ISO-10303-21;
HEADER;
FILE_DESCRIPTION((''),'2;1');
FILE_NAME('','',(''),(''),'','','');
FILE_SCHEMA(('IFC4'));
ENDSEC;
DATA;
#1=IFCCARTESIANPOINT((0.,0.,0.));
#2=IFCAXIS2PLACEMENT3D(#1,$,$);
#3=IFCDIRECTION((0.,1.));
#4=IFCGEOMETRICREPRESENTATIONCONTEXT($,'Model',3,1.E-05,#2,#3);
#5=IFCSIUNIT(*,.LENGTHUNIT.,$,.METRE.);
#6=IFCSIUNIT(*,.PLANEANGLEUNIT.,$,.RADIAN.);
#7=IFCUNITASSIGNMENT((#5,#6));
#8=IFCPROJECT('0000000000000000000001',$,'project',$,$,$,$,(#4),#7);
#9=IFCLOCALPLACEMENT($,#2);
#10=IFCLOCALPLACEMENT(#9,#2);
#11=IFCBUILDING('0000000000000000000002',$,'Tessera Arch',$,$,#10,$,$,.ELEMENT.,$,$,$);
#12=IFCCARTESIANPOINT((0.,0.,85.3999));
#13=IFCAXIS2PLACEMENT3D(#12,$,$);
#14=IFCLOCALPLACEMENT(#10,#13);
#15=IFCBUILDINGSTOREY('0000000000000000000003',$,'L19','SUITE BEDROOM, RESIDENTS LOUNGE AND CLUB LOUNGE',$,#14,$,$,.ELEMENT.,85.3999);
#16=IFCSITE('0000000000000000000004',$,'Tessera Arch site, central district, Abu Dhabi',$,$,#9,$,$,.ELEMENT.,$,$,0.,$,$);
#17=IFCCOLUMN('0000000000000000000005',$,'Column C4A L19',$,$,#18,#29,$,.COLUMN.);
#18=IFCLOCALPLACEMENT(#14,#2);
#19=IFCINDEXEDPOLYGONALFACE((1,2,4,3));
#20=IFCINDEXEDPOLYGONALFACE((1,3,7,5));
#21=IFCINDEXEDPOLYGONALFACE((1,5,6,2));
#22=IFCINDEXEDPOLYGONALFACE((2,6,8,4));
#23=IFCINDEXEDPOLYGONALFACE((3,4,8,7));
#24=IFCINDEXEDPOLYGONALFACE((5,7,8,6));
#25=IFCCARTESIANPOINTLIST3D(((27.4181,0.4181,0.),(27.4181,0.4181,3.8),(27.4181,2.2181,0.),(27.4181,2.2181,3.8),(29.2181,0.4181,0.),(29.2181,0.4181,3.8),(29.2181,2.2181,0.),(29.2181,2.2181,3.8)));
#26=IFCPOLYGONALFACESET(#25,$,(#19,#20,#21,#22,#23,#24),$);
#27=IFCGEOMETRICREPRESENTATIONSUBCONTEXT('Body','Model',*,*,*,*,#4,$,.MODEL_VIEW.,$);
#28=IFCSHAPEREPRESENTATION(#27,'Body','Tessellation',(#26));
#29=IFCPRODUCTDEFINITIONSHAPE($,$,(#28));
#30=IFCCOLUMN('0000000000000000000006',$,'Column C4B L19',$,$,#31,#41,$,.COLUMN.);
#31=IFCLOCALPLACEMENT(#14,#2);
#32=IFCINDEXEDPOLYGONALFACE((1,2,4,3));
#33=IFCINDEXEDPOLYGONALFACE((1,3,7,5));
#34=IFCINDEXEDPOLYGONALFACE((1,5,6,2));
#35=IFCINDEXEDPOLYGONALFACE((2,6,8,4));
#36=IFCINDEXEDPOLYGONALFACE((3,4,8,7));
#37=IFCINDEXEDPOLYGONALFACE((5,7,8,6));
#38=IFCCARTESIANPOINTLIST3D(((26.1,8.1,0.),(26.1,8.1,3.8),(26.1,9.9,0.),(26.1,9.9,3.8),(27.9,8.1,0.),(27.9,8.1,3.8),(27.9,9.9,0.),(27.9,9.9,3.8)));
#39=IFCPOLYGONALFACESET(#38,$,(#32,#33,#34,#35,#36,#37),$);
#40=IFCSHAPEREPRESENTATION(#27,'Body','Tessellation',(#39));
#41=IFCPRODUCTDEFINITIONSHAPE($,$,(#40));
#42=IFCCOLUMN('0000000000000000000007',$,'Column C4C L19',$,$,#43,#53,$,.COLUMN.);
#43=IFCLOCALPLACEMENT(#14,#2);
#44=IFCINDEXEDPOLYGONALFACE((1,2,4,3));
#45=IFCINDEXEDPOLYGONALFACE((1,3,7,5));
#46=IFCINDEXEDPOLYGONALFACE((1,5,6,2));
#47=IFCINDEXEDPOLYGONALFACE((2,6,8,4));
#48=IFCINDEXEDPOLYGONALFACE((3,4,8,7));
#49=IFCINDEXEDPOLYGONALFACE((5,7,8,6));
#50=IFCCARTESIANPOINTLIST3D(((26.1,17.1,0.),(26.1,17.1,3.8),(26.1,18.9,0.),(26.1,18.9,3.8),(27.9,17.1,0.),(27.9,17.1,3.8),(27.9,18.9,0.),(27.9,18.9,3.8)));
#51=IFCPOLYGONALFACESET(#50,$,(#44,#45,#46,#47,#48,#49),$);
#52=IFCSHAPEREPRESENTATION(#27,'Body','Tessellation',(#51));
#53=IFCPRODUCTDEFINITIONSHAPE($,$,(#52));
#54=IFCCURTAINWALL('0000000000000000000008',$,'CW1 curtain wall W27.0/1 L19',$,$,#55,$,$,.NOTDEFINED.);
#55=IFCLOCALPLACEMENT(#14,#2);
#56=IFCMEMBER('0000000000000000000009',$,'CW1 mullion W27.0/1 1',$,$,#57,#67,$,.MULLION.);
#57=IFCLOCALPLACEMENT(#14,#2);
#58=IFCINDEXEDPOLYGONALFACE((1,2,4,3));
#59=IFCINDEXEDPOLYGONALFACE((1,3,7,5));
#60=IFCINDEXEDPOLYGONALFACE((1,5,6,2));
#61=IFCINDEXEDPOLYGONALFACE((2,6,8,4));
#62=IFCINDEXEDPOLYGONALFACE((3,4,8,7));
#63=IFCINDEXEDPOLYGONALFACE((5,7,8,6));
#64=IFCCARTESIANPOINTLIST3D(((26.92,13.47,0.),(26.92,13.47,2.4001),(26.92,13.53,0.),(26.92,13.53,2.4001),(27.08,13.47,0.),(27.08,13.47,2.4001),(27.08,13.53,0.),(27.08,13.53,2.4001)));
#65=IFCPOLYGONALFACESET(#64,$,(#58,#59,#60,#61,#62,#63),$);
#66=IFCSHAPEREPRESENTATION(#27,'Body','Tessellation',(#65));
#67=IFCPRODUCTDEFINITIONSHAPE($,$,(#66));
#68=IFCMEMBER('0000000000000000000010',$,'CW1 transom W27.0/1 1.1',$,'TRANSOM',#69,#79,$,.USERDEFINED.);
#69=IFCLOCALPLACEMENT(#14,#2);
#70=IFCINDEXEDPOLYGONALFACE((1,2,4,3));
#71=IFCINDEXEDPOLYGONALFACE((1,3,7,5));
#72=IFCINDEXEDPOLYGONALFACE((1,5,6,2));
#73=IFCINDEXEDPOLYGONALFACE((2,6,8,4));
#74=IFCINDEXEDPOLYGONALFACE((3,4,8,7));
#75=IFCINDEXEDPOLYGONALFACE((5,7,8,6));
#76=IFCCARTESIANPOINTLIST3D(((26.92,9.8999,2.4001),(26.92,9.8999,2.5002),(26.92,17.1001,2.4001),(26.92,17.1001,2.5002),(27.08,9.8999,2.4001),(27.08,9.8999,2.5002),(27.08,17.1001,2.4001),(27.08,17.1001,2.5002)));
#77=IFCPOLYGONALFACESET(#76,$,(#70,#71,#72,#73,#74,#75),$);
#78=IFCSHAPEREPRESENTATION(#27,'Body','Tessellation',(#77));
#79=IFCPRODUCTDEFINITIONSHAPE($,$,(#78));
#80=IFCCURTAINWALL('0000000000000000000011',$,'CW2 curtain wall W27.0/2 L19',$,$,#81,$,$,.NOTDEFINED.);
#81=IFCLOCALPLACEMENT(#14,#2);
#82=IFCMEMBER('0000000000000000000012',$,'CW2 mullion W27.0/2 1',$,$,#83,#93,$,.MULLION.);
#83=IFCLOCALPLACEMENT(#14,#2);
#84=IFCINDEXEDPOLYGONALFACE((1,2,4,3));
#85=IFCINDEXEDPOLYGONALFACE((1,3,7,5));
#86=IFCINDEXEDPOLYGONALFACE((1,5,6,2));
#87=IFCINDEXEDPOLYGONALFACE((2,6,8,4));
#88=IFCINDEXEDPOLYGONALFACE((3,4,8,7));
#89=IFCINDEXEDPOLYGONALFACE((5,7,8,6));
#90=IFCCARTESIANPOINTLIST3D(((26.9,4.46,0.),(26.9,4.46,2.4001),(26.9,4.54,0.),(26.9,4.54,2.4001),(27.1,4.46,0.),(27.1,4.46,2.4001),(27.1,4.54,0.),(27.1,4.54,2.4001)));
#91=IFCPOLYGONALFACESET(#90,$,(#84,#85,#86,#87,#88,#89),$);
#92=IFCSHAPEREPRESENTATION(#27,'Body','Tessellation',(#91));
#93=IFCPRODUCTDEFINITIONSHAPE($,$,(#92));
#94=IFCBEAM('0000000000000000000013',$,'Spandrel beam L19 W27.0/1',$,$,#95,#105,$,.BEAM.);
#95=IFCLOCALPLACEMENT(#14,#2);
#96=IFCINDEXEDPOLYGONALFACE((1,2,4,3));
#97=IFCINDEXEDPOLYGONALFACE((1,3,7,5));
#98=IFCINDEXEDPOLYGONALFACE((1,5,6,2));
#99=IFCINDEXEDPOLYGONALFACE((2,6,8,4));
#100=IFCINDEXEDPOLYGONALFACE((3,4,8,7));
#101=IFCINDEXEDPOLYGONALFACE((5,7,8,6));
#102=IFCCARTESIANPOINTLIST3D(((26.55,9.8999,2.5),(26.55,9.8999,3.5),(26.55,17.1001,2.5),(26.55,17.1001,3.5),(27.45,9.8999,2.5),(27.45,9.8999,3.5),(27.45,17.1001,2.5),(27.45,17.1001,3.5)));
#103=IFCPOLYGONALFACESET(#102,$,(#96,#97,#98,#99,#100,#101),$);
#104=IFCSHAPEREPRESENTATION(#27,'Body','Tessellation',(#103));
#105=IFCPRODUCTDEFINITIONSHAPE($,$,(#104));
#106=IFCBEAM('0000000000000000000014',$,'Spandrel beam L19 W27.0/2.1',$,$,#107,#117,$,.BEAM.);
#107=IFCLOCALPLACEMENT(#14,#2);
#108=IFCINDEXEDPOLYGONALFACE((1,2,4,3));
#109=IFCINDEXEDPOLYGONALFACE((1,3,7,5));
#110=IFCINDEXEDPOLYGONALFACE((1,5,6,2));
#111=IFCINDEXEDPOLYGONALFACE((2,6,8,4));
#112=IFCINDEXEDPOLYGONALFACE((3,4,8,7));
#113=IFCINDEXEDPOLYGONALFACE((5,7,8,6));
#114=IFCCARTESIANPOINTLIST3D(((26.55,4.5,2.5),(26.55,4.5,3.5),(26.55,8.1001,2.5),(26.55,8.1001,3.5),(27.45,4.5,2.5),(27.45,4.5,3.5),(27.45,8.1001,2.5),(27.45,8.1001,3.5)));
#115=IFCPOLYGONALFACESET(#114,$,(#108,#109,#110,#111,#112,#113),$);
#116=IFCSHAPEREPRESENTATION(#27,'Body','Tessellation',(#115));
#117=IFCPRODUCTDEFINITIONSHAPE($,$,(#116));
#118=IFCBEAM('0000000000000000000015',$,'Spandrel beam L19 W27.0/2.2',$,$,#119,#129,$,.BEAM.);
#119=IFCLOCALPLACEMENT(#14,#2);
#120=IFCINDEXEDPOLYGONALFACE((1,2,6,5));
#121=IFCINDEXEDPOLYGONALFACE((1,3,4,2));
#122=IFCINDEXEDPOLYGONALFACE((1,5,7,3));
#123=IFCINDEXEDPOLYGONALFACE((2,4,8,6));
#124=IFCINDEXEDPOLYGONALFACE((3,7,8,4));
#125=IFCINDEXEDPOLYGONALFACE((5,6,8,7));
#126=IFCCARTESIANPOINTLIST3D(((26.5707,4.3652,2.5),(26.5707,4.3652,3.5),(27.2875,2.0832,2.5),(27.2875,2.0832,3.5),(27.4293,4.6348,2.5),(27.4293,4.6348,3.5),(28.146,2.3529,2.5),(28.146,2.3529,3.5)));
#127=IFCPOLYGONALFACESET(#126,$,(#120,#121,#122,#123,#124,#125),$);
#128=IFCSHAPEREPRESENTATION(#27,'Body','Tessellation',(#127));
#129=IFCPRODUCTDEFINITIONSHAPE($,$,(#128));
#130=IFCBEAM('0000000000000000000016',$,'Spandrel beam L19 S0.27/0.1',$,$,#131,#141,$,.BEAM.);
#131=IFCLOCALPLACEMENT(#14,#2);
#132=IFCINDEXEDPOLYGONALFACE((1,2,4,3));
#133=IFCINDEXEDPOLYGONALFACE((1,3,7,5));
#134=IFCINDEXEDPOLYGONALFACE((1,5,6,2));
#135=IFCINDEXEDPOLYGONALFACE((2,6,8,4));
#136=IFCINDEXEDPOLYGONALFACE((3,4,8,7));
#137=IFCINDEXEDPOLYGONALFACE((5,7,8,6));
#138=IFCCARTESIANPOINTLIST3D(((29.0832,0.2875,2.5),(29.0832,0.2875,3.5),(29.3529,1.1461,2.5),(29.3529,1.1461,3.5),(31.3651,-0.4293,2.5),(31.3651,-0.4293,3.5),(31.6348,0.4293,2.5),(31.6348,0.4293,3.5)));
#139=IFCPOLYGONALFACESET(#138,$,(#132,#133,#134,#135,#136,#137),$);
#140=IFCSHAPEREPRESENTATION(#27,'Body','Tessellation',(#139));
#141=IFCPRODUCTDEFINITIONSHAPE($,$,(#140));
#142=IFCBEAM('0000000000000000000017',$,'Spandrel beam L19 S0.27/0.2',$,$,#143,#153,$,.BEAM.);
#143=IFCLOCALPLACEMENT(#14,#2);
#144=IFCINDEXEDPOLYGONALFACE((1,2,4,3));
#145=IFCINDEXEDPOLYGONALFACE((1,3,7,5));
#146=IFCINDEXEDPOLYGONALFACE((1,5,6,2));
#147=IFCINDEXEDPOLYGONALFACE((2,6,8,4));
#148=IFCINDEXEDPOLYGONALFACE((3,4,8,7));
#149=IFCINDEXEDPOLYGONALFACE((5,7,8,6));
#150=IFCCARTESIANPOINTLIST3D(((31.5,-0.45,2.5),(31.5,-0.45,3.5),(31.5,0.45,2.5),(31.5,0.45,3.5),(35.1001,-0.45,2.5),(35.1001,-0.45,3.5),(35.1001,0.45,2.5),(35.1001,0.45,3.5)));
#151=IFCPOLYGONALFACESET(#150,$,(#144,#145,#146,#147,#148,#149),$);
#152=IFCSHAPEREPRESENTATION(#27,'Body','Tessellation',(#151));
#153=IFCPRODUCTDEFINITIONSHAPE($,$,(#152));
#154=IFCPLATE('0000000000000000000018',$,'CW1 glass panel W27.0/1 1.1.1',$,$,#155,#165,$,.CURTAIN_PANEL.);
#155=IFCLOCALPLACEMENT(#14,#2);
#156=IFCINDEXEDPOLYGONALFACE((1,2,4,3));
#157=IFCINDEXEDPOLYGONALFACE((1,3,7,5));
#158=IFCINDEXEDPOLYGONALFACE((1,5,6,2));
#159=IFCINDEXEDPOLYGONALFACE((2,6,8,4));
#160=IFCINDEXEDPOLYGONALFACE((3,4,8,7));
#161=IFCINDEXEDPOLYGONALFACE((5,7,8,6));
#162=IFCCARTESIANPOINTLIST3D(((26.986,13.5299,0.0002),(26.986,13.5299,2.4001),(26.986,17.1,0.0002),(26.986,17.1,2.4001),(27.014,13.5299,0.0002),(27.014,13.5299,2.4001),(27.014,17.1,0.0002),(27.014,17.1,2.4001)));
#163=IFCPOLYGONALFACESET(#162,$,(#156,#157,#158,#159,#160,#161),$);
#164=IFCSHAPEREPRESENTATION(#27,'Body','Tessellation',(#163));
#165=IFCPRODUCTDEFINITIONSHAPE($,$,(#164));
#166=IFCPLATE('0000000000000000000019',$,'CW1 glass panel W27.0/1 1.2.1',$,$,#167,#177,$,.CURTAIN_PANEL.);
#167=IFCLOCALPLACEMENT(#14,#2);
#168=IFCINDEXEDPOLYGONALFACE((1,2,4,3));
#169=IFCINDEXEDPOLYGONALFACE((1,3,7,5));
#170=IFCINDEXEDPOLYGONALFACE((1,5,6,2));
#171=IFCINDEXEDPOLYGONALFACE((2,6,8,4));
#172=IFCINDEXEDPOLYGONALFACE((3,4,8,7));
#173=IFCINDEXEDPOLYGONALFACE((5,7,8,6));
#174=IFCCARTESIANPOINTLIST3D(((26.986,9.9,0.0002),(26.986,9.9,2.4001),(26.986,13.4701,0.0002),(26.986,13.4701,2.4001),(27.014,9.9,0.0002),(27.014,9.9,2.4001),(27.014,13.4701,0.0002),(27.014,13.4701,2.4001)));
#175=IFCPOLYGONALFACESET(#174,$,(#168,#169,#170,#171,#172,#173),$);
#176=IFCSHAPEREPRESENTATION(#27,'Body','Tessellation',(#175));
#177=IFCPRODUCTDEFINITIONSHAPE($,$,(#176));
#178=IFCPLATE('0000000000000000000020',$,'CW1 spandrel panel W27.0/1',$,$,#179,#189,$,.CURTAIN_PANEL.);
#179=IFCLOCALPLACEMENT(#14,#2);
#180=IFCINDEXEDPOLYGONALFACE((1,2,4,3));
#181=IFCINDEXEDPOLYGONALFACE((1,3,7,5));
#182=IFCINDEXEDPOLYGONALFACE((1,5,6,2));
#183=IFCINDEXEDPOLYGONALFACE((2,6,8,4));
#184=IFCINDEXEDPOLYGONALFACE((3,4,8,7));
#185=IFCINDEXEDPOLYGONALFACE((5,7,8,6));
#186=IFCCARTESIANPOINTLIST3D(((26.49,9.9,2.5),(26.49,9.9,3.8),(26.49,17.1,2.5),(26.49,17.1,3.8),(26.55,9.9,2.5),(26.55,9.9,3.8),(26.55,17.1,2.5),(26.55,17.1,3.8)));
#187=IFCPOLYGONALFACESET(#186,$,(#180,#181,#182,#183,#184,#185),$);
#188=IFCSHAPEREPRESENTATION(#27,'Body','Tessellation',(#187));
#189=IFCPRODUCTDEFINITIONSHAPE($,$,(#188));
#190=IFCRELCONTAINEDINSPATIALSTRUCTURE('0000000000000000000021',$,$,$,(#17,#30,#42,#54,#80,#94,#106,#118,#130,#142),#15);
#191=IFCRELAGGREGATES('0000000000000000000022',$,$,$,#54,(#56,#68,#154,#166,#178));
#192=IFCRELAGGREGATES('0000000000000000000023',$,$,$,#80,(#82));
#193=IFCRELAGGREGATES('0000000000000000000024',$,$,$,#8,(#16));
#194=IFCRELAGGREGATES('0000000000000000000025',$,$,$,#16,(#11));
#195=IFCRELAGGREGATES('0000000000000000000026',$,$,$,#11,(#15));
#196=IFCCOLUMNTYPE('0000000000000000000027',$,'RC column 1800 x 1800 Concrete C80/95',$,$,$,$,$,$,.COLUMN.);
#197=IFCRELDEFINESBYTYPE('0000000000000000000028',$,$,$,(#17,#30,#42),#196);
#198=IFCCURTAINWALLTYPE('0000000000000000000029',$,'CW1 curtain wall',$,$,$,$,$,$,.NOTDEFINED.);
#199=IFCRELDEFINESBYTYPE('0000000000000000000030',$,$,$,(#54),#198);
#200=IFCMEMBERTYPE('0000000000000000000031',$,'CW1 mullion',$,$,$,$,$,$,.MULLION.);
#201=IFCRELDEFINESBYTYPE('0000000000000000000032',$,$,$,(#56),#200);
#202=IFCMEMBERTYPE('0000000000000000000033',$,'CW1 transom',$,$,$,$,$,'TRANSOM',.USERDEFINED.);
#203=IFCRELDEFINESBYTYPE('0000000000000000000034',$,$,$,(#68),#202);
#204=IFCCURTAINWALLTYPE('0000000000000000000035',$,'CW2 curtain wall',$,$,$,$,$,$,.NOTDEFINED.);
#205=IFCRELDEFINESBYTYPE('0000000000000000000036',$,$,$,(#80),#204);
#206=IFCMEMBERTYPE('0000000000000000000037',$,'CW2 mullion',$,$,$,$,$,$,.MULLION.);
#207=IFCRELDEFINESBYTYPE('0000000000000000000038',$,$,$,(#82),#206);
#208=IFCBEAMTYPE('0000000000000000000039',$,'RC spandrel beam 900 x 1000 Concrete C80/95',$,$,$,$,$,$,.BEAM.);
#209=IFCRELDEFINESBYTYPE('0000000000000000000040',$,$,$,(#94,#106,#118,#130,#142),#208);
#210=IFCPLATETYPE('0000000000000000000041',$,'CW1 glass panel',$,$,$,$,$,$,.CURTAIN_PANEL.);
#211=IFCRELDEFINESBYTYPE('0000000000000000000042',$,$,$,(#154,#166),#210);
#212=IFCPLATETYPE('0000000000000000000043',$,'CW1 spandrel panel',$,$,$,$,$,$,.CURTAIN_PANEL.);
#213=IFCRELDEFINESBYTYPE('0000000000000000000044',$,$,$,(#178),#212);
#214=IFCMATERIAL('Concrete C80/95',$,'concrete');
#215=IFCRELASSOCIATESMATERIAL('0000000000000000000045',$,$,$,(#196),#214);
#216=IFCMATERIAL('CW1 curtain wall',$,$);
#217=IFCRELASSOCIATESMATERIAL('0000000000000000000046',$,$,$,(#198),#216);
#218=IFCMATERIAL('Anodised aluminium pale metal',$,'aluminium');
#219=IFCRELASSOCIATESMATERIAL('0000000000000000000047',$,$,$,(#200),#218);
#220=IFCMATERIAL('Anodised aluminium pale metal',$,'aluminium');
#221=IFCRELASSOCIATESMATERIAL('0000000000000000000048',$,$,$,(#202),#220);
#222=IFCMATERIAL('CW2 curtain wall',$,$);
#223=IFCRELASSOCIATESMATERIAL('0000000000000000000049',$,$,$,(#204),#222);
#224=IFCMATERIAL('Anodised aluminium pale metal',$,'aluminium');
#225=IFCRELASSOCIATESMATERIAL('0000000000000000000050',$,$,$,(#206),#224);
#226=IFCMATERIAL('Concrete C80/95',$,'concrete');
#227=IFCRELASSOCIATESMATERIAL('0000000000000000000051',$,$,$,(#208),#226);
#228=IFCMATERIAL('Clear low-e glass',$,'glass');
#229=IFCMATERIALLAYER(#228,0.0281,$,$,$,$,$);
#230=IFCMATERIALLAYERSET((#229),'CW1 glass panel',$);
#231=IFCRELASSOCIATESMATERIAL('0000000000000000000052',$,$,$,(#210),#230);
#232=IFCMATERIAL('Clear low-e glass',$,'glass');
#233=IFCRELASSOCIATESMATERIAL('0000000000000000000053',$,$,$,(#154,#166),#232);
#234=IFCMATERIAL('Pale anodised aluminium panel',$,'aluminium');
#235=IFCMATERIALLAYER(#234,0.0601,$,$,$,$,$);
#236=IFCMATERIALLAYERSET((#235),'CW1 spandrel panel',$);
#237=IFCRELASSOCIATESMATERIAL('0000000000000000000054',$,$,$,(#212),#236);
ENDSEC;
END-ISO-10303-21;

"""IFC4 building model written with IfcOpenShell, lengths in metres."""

from ifc_helpers import new_model, si_unit, direction, frame, origin, origin_2d, place, context, subcontext, project, spatial, rectangle, extrude, material, layer, layer_set, material_profile, profile_set, type_object, element, aggregate, save


model = new_model("IFC4")

# Units and contexts
model_context = context("Model", 3, precision=1e-05, world=origin(), true_north=direction((0.0, 1.0)))
body_context = subcontext(model_context, "Body", "Model", "MODEL_VIEW")
ifc_project = project(units=[si_unit("LENGTHUNIT", "METRE"), si_unit("PLANEANGLEUNIT", "RADIAN")], contexts=[model_context])

# Site, building, storey
site_placement = place(None, origin())
site = spatial("IfcSite", under=ifc_project, at=site_placement, Name="Tessera Arch site, central district, Abu Dhabi", CompositionType="ELEMENT", RefElevation=0.0)
building_placement = place(site_placement, origin())
building = spatial("IfcBuilding", under=site, at=building_placement, Name="Tessera Arch", CompositionType="ELEMENT")
storey_placement = place(building_placement, frame((0.0, 0.0, 85.3999)))
storey = spatial("IfcBuildingStorey", under=building, at=storey_placement, Name="L19", Description="SUITE BEDROOM, RESIDENTS LOUNGE AND CLUB LOUNGE", CompositionType="ELEMENT", Elevation=85.3999)

# Columns
ifc_material_1 = material(Name="Concrete C80/95", Category="concrete")
ifc_material_profile_1 = material_profile(ifc_material_1, rectangle(XDim=1.8, YDim=1.8, at=origin_2d()), Name="RC column 1800 x 1800 Concrete C80/95")
ifc_profile_set_1 = profile_set([ifc_material_profile_1], Name="Concrete C80/95")
column_type = type_object("IfcColumnType", Name="RC column 1800 x 1800 Concrete C80/95", PredefinedType="COLUMN", material=ifc_profile_set_1)
for number, where, z_axis, x_axis, name in (
    (1, (28.3181, 1.3181, 0.0), (0.0, 0.0, 1.0), (1.0, 0.0, 0.0), "Column C4A L19"),
    (2, (27.0, 9.0, 0.0), (0.0, 0.0, 1.0), (1.0, 0.0, 0.0), "Column C4B L19"),
    (3, (27.0, 18.0, 0.0), (0.0, 0.0, 1.0), (1.0, 0.0, 0.0), "Column C4C L19"),
):
    element("IfcColumn", number, at=place(storey_placement, frame(where, z_axis=z_axis, x_axis=x_axis)), inside=storey, type_object=column_type, Name=name, PredefinedType="COLUMN", context=body_context, shape_type="SweptSolid", body=[
        extrude(rectangle(XDim=1.8, YDim=1.8, at=origin_2d()), origin(), (0.0, 0.0, 1.0), 3.8),
    ])

# Curtain wall, members
ifc_material_2 = material(Name="CW1 curtain wall")
curtain_wall_type_1 = type_object("IfcCurtainWallType", Name="CW1 curtain wall", PredefinedType="NOTDEFINED", material=ifc_material_2)
curtain_wall_1_placement = place(storey_placement, origin())
curtain_wall_1 = element("IfcCurtainWall", 4, at=curtain_wall_1_placement, inside=storey, type_object=curtain_wall_type_1, Name="CW1 curtain wall W27.0/1 L19", PredefinedType="NOTDEFINED")
ifc_material_3 = material(Name="Anodised aluminium pale metal", Category="aluminium")
ifc_material_profile_2 = material_profile(ifc_material_3, rectangle(XDim=0.1599, YDim=0.0601, at=origin_2d()), Name="AL 60x160")
ifc_profile_set_2 = profile_set([ifc_material_profile_2], Name="Anodised aluminium pale metal")
member_type_1 = type_object("IfcMemberType", Name="CW1 mullion", PredefinedType="MULLION", material=ifc_profile_set_2)
member_1_placement = place(storey_placement, frame((27.0, 13.5, 0.0), z_axis=(0.0, 0.0, 1.0), x_axis=(1.0, 0.0, 0.0)))
member_1 = element("IfcMember", 5, at=member_1_placement, type_object=member_type_1, Name="CW1 mullion W27.0/1 1", PredefinedType="MULLION", context=body_context, shape_type="SweptSolid", body=[
    extrude(rectangle(XDim=0.1599, YDim=0.0601, at=origin_2d()), origin(), (0.0, 0.0, 1.0), 2.4001),
])
ifc_material_4 = material(Name="Anodised aluminium pale metal", Category="aluminium")
ifc_material_profile_3 = material_profile(ifc_material_4, rectangle(XDim=0.1599, YDim=0.1001, at=origin_2d()), Name="AL 160x100")
ifc_profile_set_3 = profile_set([ifc_material_profile_3], Name="Anodised aluminium pale metal")
member_type_2 = type_object("IfcMemberType", Name="CW1 transom", ElementType="TRANSOM", PredefinedType="USERDEFINED", material=ifc_profile_set_3)
member_2_placement = place(storey_placement, frame((27.0, 17.1001, 2.4502), z_axis=(0.0, -1.0, 0.0), x_axis=(1.0, 0.0, 0.0)))
member_2 = element("IfcMember", 6, at=member_2_placement, type_object=member_type_2, Name="CW1 transom W27.0/1 1.1", ObjectType="TRANSOM", PredefinedType="USERDEFINED", context=body_context, shape_type="SweptSolid", body=[
    extrude(rectangle(XDim=0.1599, YDim=0.1001, at=origin_2d()), origin(), (0.0, 0.0, 1.0), 7.2002),
])

# Curtain wall, member
ifc_material_5 = material(Name="CW2 curtain wall")
curtain_wall_type_2 = type_object("IfcCurtainWallType", Name="CW2 curtain wall", PredefinedType="NOTDEFINED", material=ifc_material_5)
curtain_wall_2_placement = place(storey_placement, origin())
curtain_wall_2 = element("IfcCurtainWall", 7, at=curtain_wall_2_placement, inside=storey, type_object=curtain_wall_type_2, Name="CW2 curtain wall W27.0/2 L19", PredefinedType="NOTDEFINED")
ifc_material_6 = material(Name="Anodised aluminium pale metal", Category="aluminium")
ifc_material_profile_4 = material_profile(ifc_material_6, rectangle(XDim=0.2, YDim=0.0801, at=origin_2d()), Name="AL 80x200")
ifc_profile_set_4 = profile_set([ifc_material_profile_4], Name="Anodised aluminium pale metal")
member_type_3 = type_object("IfcMemberType", Name="CW2 mullion", PredefinedType="MULLION", material=ifc_profile_set_4)
member_3_placement = place(storey_placement, frame((27.0, 4.5, 0.0), z_axis=(0.0, 0.0, 1.0), x_axis=(1.0, 0.0, 0.0)))
member_3 = element("IfcMember", 8, at=member_3_placement, type_object=member_type_3, Name="CW2 mullion W27.0/2 1", PredefinedType="MULLION", context=body_context, shape_type="SweptSolid", body=[
    extrude(rectangle(XDim=0.2, YDim=0.0801, at=origin_2d()), origin(), (0.0, 0.0, 1.0), 2.4001),
])

# Beams
ifc_material_7 = material(Name="Concrete C80/95", Category="concrete")
ifc_material_profile_5 = material_profile(ifc_material_7, rectangle(XDim=0.8999, YDim=1.0, at=origin_2d()), Name="RC spandrel beam 900 x 1000 Concrete C80/95")
ifc_profile_set_5 = profile_set([ifc_material_profile_5], Name="Concrete C80/95")
beam_type = type_object("IfcBeamType", Name="RC spandrel beam 900 x 1000 Concrete C80/95", PredefinedType="BEAM", material=ifc_profile_set_5)
beam_1_placement = place(storey_placement, frame((27.0, 17.1001, 3.0), z_axis=(0.0, -1.0, 0.0), x_axis=(1.0, 0.0, 0.0)))
element("IfcBeam", 9, at=beam_1_placement, inside=storey, type_object=beam_type, Name="Spandrel beam L19 W27.0/1", PredefinedType="BEAM", context=body_context, shape_type="SweptSolid", body=[
    extrude(rectangle(XDim=0.8999, YDim=1.0, at=origin_2d()), origin(), (0.0, 0.0, 1.0), 7.2002),
])
beam_2_placement = place(storey_placement, frame((27.0, 8.1001, 3.0), z_axis=(0.0, -1.0, 0.0), x_axis=(1.0, 0.0, 0.0)))
element("IfcBeam", 10, at=beam_2_placement, inside=storey, type_object=beam_type, Name="Spandrel beam L19 W27.0/2.1", PredefinedType="BEAM", context=body_context, shape_type="SweptSolid", body=[
    extrude(rectangle(XDim=0.8999, YDim=1.0, at=origin_2d()), origin(), (0.0, 0.0, 1.0), 3.6001),
])
for number, where, z_axis, x_axis, name in (
    (11, (27.0, 4.5, 3.0), (0.299675, -0.954041, 0.0), (0.954041, 0.299675, 0.0), "Spandrel beam L19 W27.0/2.2"),
    (12, (29.218, 0.7168, 3.0), (0.954041, -0.299675, 0.0), (0.299675, 0.954041, 0.0), "Spandrel beam L19 S0.27/0.1"),
):
    element("IfcBeam", number, at=place(storey_placement, frame(where, z_axis=z_axis, x_axis=x_axis)), inside=storey, type_object=beam_type, Name=name, PredefinedType="BEAM", context=body_context, shape_type="SweptSolid", body=[
        extrude(rectangle(XDim=0.8999, YDim=1.0, at=origin_2d()), origin(), (0.0, 0.0, 1.0), 2.3918),
    ])
beam_3_placement = place(storey_placement, frame((31.5, 0.0, 3.0), z_axis=(1.0, 0.0, 0.0), x_axis=(0.0, 1.0, 0.0)))
element("IfcBeam", 13, at=beam_3_placement, inside=storey, type_object=beam_type, Name="Spandrel beam L19 S0.27/0.2", PredefinedType="BEAM", context=body_context, shape_type="SweptSolid", body=[
    extrude(rectangle(XDim=0.8999, YDim=1.0, at=origin_2d()), origin(), (0.0, 0.0, 1.0), 3.6001),
])

# Plates
ifc_material_8 = material(Name="Clear low-e glass", Category="glass")
ifc_material_9 = material(Name="Clear low-e glass", Category="glass")
ifc_layer_1 = layer(ifc_material_9, 0.0281)
ifc_layer_set_1 = layer_set([ifc_layer_1], Name="CW1 glass panel")
plate_type_1 = type_object("IfcPlateType", Name="CW1 glass panel", PredefinedType="CURTAIN_PANEL", material=ifc_layer_set_1)
plate_1_placement = place(storey_placement, frame((27.0, 15.3149, 0.0002), z_axis=(0.0, 0.0, 1.0), x_axis=(0.0, -1.0, 0.0)))
plate_1 = element("IfcPlate", 14, at=plate_1_placement, type_object=plate_type_1, material=ifc_material_8, Name="CW1 glass panel W27.0/1 1.1.1", PredefinedType="CURTAIN_PANEL", context=body_context, shape_type="SweptSolid", body=[
    extrude(rectangle(XDim=3.5701, YDim=0.0281, at=origin_2d()), origin(), (0.0, 0.0, 1.0), 2.3999),
])
plate_2_placement = place(storey_placement, frame((27.0, 11.6851, 0.0002), z_axis=(0.0, 0.0, 1.0), x_axis=(0.0, -1.0, 0.0)))
plate_2 = element("IfcPlate", 15, at=plate_2_placement, type_object=plate_type_1, material=ifc_material_8, Name="CW1 glass panel W27.0/1 1.2.1", PredefinedType="CURTAIN_PANEL", context=body_context, shape_type="SweptSolid", body=[
    extrude(rectangle(XDim=3.5701, YDim=0.0281, at=origin_2d()), origin(), (0.0, 0.0, 1.0), 2.3999),
])
ifc_material_10 = material(Name="Pale anodised aluminium panel", Category="aluminium")
ifc_layer_2 = layer(ifc_material_10, 0.0601)
ifc_layer_set_2 = layer_set([ifc_layer_2], Name="CW1 spandrel panel")
plate_type_2 = type_object("IfcPlateType", Name="CW1 spandrel panel", PredefinedType="CURTAIN_PANEL", material=ifc_layer_set_2)
plate_3_placement = place(storey_placement, frame((26.52, 13.5, 2.5), z_axis=(0.0, 0.0, 1.0), x_axis=(0.0, -1.0, 0.0)))
plate_3 = element("IfcPlate", 16, at=plate_3_placement, type_object=plate_type_2, Name="CW1 spandrel panel W27.0/1", PredefinedType="CURTAIN_PANEL", context=body_context, shape_type="SweptSolid", body=[
    extrude(rectangle(XDim=7.2, YDim=0.0601, at=origin_2d()), origin(), (0.0, 0.0, 1.0), 1.3),
])
aggregate(curtain_wall_1, [member_1, member_2, plate_1, plate_2, plate_3])
aggregate(curtain_wall_2, [member_3])

save(model, "model.ifc")
